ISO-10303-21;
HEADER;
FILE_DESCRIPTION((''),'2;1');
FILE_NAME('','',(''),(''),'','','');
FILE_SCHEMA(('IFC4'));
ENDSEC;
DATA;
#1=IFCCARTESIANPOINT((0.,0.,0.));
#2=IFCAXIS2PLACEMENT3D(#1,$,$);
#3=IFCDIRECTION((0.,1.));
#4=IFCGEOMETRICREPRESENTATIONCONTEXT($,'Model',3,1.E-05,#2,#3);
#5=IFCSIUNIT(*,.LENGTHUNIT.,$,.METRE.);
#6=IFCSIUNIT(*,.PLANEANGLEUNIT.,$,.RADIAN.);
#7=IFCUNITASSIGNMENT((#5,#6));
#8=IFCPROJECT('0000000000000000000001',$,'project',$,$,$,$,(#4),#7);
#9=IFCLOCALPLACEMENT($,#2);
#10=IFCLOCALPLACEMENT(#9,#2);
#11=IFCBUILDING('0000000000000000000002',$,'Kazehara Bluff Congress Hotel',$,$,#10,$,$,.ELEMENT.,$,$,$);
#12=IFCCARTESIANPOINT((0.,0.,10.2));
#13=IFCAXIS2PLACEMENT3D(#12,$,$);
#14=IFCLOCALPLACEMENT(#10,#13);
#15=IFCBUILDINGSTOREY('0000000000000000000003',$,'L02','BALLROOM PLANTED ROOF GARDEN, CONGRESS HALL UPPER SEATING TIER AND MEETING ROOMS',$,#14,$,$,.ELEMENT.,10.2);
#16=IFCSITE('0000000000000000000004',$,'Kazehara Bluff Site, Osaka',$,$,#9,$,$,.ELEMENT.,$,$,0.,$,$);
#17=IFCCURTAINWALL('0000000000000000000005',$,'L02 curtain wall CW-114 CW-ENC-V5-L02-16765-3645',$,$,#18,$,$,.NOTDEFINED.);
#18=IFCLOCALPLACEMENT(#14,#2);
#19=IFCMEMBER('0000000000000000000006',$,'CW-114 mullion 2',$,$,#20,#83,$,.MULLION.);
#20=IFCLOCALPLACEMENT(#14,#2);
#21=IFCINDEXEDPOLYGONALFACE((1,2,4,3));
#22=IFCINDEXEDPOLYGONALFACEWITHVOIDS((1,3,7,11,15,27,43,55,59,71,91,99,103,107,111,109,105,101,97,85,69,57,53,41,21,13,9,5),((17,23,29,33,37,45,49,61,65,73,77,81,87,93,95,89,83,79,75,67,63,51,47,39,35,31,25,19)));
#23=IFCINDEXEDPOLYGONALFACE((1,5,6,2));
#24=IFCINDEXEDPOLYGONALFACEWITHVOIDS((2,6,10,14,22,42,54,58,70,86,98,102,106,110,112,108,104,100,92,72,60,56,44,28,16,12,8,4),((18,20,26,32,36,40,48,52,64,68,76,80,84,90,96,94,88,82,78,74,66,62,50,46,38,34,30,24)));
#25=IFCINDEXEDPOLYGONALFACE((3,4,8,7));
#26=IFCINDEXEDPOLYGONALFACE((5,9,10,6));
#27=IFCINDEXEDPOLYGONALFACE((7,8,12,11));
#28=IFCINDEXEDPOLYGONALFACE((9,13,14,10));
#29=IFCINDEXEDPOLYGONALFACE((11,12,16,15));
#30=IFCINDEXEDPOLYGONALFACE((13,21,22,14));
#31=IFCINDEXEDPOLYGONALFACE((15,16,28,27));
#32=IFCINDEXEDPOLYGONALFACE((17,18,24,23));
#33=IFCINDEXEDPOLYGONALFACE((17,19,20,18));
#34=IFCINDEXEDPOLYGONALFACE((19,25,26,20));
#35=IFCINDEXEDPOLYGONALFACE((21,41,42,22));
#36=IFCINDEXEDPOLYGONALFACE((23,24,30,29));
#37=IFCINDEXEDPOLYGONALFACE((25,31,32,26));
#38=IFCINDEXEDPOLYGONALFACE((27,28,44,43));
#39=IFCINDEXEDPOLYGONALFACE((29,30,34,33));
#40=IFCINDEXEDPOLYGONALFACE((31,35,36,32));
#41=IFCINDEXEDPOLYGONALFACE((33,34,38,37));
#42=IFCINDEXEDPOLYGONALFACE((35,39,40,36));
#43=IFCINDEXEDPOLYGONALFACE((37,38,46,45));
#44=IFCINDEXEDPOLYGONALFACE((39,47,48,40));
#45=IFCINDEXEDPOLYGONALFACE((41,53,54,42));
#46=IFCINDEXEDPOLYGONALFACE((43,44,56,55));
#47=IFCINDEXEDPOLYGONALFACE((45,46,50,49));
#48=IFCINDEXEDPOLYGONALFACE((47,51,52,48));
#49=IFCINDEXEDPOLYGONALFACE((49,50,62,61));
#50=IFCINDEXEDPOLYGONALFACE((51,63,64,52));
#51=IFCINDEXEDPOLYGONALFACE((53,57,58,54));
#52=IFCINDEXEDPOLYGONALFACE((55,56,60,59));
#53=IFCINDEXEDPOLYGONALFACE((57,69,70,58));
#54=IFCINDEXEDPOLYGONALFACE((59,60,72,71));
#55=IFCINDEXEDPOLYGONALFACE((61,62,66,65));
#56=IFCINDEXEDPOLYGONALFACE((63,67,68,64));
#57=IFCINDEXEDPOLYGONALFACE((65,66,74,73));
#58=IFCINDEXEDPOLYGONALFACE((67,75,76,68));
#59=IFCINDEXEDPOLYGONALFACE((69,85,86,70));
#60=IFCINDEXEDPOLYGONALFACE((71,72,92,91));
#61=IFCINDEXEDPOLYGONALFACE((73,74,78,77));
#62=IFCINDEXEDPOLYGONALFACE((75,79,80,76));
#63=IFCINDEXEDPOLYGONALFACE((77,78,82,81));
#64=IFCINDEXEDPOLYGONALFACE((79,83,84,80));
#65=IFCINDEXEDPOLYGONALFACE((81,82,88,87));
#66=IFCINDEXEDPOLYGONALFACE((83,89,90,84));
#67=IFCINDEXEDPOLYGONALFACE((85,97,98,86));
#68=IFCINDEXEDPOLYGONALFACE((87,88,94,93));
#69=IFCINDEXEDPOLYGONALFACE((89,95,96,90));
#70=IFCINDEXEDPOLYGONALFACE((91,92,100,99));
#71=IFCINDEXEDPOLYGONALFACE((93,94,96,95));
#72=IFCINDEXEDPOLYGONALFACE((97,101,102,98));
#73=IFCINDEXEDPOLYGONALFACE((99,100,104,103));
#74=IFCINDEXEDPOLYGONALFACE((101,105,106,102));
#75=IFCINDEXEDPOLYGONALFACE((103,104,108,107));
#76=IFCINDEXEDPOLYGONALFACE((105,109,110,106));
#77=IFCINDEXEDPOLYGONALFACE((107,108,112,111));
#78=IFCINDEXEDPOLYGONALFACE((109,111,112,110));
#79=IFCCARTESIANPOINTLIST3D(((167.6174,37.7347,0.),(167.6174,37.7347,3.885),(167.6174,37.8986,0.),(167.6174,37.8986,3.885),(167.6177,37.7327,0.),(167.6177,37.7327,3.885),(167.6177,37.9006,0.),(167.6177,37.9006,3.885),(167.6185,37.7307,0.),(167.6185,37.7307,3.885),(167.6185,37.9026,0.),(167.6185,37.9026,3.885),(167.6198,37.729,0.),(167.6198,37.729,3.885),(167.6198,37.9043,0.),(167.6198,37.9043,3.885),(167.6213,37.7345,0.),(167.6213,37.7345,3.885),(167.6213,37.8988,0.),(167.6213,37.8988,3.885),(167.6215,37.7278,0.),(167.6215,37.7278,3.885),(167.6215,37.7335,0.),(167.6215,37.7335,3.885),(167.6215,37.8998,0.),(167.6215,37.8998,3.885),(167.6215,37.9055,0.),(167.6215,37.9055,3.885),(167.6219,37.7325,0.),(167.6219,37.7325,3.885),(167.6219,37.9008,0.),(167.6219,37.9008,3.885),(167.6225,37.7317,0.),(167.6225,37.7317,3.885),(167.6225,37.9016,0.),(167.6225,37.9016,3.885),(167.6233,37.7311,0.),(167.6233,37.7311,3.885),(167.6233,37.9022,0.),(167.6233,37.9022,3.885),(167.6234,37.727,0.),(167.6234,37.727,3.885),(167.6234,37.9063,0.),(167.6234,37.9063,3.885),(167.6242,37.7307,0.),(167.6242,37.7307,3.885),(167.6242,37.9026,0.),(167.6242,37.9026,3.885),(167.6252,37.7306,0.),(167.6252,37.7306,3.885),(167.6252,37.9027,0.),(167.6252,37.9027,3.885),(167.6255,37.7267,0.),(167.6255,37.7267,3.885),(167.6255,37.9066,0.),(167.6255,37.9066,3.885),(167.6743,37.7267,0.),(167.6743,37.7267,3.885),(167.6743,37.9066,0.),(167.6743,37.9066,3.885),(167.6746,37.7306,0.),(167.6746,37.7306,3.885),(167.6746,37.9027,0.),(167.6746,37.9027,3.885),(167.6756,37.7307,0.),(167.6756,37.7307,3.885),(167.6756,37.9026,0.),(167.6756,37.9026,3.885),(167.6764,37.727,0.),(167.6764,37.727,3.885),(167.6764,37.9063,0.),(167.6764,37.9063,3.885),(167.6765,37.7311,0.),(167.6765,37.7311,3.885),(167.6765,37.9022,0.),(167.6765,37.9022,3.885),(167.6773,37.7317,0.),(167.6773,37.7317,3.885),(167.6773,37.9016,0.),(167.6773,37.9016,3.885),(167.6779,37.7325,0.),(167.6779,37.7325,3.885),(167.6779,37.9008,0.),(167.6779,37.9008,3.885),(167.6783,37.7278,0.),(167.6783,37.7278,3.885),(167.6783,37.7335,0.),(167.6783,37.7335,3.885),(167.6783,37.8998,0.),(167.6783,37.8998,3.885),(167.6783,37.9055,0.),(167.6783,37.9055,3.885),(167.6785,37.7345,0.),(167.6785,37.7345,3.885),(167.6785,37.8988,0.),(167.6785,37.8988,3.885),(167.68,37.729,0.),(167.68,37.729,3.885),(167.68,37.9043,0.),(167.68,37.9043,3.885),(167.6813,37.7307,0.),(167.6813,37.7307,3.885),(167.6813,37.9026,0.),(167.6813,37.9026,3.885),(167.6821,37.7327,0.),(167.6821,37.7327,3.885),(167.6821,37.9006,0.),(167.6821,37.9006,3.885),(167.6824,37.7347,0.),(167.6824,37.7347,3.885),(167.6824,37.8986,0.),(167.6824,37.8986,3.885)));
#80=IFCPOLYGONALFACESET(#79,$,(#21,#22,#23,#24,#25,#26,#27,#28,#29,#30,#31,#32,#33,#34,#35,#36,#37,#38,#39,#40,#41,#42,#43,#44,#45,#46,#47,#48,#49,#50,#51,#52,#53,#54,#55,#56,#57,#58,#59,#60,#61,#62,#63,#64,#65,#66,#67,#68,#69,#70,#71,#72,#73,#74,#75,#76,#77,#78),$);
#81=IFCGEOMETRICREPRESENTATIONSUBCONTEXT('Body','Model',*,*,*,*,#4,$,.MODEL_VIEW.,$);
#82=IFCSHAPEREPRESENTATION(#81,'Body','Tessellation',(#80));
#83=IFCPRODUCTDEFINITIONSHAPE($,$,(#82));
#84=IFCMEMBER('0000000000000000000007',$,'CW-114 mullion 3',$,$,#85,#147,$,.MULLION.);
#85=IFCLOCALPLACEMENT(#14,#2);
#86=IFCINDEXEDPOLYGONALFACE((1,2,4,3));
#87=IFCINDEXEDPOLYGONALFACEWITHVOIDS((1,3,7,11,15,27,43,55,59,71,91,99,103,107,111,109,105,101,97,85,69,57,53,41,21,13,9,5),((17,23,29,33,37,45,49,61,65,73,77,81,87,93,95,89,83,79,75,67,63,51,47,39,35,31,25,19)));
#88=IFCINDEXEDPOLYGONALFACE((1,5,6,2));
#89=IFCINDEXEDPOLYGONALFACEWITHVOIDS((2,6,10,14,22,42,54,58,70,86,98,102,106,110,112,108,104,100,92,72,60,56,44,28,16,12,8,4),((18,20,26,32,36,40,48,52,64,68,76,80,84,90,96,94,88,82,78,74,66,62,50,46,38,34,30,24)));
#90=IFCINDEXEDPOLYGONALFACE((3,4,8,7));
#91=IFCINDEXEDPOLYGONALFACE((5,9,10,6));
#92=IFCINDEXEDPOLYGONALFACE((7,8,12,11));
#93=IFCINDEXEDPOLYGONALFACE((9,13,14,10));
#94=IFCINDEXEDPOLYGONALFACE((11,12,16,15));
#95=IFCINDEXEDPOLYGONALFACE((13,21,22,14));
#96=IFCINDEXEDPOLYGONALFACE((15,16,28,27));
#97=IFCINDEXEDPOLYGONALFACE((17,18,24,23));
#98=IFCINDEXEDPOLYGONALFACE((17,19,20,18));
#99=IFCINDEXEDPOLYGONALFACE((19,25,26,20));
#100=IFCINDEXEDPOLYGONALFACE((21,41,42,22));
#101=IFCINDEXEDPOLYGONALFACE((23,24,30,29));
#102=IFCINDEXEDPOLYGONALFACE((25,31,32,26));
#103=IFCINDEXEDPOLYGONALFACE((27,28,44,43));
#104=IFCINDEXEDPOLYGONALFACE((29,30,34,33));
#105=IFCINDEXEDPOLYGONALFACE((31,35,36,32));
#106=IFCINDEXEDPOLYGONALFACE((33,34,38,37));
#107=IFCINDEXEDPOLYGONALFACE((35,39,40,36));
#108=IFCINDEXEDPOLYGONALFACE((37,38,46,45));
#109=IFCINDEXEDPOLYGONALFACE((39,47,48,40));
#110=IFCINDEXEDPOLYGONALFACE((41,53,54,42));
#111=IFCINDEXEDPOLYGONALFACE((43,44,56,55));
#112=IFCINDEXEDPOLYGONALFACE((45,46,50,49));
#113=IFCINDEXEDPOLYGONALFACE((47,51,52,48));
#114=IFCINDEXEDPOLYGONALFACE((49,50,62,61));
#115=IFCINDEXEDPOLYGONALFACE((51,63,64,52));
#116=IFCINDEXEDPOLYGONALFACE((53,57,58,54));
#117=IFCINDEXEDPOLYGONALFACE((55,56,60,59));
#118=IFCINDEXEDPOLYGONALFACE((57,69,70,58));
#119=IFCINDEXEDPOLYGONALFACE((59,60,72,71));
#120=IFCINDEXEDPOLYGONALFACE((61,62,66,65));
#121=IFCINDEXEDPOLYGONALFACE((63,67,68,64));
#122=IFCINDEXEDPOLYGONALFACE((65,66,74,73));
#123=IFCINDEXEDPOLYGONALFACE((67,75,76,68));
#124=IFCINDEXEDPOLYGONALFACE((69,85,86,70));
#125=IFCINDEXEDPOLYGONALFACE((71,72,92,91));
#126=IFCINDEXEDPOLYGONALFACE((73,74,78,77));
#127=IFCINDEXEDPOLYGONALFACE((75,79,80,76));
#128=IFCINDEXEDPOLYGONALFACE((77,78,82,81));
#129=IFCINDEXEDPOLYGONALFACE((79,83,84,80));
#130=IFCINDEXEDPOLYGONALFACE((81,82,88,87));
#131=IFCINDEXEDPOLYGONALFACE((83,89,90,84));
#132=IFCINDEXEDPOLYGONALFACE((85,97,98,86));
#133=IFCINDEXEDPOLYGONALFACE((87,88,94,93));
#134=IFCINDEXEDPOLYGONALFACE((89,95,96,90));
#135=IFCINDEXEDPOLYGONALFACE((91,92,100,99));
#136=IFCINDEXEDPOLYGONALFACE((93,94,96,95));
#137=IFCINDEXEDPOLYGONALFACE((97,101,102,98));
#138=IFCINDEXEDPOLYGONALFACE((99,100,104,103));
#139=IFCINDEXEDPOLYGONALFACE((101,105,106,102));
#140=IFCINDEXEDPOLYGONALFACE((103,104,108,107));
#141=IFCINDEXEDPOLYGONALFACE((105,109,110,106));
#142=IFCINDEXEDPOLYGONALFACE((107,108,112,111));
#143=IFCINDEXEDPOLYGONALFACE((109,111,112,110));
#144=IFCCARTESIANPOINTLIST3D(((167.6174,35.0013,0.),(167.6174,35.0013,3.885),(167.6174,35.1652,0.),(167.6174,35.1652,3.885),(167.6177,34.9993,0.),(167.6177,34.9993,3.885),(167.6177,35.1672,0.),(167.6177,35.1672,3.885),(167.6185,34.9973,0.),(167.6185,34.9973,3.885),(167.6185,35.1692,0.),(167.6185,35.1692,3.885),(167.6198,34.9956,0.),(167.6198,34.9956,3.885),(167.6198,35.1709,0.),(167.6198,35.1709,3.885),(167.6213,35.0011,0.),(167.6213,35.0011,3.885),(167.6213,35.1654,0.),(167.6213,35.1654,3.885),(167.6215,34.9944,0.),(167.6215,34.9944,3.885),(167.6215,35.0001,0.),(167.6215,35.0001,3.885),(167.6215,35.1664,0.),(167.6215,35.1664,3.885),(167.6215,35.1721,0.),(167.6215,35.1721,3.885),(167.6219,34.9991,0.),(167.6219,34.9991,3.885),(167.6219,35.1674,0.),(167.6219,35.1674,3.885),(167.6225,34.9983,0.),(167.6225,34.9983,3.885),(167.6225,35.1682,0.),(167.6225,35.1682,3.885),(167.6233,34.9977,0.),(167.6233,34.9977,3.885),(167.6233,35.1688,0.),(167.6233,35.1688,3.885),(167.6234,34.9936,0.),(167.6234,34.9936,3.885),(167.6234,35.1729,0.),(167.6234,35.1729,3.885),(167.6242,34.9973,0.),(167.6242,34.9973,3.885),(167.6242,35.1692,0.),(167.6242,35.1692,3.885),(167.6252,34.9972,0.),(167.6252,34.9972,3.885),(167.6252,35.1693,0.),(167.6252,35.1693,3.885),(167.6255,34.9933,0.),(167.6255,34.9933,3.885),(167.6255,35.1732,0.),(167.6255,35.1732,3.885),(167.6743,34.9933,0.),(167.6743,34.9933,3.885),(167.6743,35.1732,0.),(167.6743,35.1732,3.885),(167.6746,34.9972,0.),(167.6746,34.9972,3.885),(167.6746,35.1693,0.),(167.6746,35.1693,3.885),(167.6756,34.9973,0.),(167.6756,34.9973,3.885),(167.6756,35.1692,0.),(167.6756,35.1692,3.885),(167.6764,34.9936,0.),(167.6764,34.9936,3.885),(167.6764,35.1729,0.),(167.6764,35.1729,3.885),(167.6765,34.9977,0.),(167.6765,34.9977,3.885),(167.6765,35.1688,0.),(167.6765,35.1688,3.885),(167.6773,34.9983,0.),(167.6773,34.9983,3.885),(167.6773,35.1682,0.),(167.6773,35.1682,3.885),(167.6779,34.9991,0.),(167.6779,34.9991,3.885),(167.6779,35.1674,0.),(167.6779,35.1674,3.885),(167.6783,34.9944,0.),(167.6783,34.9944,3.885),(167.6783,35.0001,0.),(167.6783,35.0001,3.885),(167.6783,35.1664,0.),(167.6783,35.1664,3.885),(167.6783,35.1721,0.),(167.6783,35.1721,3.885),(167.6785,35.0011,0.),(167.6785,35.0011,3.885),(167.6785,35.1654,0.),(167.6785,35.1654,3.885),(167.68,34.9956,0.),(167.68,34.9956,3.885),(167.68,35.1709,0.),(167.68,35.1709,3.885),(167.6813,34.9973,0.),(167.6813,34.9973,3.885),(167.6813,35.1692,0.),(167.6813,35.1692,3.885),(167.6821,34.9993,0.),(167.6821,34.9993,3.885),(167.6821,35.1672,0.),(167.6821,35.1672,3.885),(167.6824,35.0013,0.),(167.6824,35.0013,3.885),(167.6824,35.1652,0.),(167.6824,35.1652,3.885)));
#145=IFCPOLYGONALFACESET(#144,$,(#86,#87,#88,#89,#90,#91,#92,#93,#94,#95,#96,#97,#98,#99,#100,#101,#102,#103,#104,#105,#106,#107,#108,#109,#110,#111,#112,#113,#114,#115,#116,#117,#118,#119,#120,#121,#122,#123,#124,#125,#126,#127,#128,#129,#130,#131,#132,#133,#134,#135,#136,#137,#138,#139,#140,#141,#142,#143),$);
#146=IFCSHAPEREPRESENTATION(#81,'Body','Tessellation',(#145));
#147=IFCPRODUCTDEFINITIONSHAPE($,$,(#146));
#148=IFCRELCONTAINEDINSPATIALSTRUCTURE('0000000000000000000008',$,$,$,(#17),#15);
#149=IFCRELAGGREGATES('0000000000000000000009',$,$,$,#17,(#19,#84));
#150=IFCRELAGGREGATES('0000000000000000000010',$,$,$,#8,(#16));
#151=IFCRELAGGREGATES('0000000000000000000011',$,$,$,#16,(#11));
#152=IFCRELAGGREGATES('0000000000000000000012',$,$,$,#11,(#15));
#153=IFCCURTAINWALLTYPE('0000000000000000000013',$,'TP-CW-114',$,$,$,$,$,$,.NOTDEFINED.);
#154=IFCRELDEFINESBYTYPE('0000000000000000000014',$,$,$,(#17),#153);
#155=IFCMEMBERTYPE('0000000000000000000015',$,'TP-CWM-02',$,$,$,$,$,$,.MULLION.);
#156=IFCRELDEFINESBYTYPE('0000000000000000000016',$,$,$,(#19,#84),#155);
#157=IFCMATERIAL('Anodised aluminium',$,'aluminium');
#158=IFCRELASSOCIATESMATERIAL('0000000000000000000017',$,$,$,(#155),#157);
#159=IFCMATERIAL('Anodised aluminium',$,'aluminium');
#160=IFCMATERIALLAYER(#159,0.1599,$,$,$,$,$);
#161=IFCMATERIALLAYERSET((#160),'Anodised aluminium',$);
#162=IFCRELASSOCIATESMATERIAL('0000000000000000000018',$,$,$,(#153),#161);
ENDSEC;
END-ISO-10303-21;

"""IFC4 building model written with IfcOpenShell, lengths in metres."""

from ifc_helpers import new_model, si_unit, direction, frame, origin, origin_2d, place, context, subcontext, project, spatial, hollow_rectangle, extrude, material, layer, layer_set, material_profile, profile_set, type_object, element, aggregate, save


model = new_model("IFC4")

# Units and contexts
model_context = context("Model", 3, precision=1e-05, world=origin(), true_north=direction((0.0, 1.0)))
body_context = subcontext(model_context, "Body", "Model", "MODEL_VIEW")
ifc_project = project(units=[si_unit("LENGTHUNIT", "METRE"), si_unit("PLANEANGLEUNIT", "RADIAN")], contexts=[model_context])

# Site, building, storey
site_placement = place(None, origin())
site = spatial("IfcSite", under=ifc_project, at=site_placement, Name="Kazehara Bluff Site, Osaka", CompositionType="ELEMENT", RefElevation=0.0)
building_placement = place(site_placement, origin())
building = spatial("IfcBuilding", under=site, at=building_placement, Name="Kazehara Bluff Congress Hotel", CompositionType="ELEMENT")
storey_placement = place(building_placement, frame((0.0, 0.0, 10.2)))
storey = spatial("IfcBuildingStorey", under=building, at=storey_placement, Name="L02", Description="BALLROOM PLANTED ROOF GARDEN, CONGRESS HALL UPPER SEATING TIER AND MEETING ROOMS", CompositionType="ELEMENT", Elevation=10.2)

# Shared definitions
ifc_material_1 = material(Name="Anodised aluminium", Category="aluminium")
ifc_material_profile_1 = material_profile(ifc_material_1, hollow_rectangle(XDim=0.0649, YDim=0.1799, WallThickness=0.0039, InnerFilletRadius=0.0039, OuterFilletRadius=0.0081, at=origin_2d()))
ifc_profile_set_1 = profile_set([ifc_material_profile_1], Name="Anodised aluminium")
member_type_1 = type_object("IfcMemberType", Name="TP-CWM-02", PredefinedType="MULLION", material=ifc_profile_set_1)

# Curtain wall, members
ifc_material_2 = material(Name="Anodised aluminium", Category="aluminium")
ifc_layer_1 = layer(ifc_material_2, 0.1599)
ifc_layer_set_1 = layer_set([ifc_layer_1], Name="Anodised aluminium")
curtain_wall_type_1 = type_object("IfcCurtainWallType", Name="TP-CW-114", PredefinedType="NOTDEFINED", material=ifc_layer_set_1)
curtain_wall_1_placement = place(storey_placement, origin())
curtain_wall_1 = element("IfcCurtainWall", 1, at=curtain_wall_1_placement, inside=storey, type_object=curtain_wall_type_1, Name="L02 curtain wall CW-114 CW-ENC-V5-L02-16765-3645", PredefinedType="NOTDEFINED")
member_1_placement = place(storey_placement, frame((167.6499, 37.8167, 0.0), z_axis=(0.0, 0.0, 1.0), x_axis=(1.0, 0.0, 0.0)))
member_1 = element("IfcMember", 2, at=member_1_placement, type_object=member_type_1, Name="CW-114 mullion 2", PredefinedType="MULLION", context=body_context, shape_type="SweptSolid", body=[
    extrude(hollow_rectangle(XDim=0.0649, YDim=0.1799, WallThickness=0.0039, InnerFilletRadius=0.0039, OuterFilletRadius=0.0081, at=origin_2d()), origin(), (0.0, 0.0, 1.0), 3.885),
])
member_2_placement = place(storey_placement, frame((167.6499, 35.0833, 0.0), z_axis=(0.0, 0.0, 1.0), x_axis=(1.0, 0.0, 0.0)))
member_2 = element("IfcMember", 3, at=member_2_placement, type_object=member_type_1, Name="CW-114 mullion 3", PredefinedType="MULLION", context=body_context, shape_type="SweptSolid", body=[
    extrude(hollow_rectangle(XDim=0.0649, YDim=0.1799, WallThickness=0.0039, InnerFilletRadius=0.0039, OuterFilletRadius=0.0081, at=origin_2d()), origin(), (0.0, 0.0, 1.0), 3.885),
])

aggregate(curtain_wall_1, [member_1, member_2])

save(model, "model.ifc")
